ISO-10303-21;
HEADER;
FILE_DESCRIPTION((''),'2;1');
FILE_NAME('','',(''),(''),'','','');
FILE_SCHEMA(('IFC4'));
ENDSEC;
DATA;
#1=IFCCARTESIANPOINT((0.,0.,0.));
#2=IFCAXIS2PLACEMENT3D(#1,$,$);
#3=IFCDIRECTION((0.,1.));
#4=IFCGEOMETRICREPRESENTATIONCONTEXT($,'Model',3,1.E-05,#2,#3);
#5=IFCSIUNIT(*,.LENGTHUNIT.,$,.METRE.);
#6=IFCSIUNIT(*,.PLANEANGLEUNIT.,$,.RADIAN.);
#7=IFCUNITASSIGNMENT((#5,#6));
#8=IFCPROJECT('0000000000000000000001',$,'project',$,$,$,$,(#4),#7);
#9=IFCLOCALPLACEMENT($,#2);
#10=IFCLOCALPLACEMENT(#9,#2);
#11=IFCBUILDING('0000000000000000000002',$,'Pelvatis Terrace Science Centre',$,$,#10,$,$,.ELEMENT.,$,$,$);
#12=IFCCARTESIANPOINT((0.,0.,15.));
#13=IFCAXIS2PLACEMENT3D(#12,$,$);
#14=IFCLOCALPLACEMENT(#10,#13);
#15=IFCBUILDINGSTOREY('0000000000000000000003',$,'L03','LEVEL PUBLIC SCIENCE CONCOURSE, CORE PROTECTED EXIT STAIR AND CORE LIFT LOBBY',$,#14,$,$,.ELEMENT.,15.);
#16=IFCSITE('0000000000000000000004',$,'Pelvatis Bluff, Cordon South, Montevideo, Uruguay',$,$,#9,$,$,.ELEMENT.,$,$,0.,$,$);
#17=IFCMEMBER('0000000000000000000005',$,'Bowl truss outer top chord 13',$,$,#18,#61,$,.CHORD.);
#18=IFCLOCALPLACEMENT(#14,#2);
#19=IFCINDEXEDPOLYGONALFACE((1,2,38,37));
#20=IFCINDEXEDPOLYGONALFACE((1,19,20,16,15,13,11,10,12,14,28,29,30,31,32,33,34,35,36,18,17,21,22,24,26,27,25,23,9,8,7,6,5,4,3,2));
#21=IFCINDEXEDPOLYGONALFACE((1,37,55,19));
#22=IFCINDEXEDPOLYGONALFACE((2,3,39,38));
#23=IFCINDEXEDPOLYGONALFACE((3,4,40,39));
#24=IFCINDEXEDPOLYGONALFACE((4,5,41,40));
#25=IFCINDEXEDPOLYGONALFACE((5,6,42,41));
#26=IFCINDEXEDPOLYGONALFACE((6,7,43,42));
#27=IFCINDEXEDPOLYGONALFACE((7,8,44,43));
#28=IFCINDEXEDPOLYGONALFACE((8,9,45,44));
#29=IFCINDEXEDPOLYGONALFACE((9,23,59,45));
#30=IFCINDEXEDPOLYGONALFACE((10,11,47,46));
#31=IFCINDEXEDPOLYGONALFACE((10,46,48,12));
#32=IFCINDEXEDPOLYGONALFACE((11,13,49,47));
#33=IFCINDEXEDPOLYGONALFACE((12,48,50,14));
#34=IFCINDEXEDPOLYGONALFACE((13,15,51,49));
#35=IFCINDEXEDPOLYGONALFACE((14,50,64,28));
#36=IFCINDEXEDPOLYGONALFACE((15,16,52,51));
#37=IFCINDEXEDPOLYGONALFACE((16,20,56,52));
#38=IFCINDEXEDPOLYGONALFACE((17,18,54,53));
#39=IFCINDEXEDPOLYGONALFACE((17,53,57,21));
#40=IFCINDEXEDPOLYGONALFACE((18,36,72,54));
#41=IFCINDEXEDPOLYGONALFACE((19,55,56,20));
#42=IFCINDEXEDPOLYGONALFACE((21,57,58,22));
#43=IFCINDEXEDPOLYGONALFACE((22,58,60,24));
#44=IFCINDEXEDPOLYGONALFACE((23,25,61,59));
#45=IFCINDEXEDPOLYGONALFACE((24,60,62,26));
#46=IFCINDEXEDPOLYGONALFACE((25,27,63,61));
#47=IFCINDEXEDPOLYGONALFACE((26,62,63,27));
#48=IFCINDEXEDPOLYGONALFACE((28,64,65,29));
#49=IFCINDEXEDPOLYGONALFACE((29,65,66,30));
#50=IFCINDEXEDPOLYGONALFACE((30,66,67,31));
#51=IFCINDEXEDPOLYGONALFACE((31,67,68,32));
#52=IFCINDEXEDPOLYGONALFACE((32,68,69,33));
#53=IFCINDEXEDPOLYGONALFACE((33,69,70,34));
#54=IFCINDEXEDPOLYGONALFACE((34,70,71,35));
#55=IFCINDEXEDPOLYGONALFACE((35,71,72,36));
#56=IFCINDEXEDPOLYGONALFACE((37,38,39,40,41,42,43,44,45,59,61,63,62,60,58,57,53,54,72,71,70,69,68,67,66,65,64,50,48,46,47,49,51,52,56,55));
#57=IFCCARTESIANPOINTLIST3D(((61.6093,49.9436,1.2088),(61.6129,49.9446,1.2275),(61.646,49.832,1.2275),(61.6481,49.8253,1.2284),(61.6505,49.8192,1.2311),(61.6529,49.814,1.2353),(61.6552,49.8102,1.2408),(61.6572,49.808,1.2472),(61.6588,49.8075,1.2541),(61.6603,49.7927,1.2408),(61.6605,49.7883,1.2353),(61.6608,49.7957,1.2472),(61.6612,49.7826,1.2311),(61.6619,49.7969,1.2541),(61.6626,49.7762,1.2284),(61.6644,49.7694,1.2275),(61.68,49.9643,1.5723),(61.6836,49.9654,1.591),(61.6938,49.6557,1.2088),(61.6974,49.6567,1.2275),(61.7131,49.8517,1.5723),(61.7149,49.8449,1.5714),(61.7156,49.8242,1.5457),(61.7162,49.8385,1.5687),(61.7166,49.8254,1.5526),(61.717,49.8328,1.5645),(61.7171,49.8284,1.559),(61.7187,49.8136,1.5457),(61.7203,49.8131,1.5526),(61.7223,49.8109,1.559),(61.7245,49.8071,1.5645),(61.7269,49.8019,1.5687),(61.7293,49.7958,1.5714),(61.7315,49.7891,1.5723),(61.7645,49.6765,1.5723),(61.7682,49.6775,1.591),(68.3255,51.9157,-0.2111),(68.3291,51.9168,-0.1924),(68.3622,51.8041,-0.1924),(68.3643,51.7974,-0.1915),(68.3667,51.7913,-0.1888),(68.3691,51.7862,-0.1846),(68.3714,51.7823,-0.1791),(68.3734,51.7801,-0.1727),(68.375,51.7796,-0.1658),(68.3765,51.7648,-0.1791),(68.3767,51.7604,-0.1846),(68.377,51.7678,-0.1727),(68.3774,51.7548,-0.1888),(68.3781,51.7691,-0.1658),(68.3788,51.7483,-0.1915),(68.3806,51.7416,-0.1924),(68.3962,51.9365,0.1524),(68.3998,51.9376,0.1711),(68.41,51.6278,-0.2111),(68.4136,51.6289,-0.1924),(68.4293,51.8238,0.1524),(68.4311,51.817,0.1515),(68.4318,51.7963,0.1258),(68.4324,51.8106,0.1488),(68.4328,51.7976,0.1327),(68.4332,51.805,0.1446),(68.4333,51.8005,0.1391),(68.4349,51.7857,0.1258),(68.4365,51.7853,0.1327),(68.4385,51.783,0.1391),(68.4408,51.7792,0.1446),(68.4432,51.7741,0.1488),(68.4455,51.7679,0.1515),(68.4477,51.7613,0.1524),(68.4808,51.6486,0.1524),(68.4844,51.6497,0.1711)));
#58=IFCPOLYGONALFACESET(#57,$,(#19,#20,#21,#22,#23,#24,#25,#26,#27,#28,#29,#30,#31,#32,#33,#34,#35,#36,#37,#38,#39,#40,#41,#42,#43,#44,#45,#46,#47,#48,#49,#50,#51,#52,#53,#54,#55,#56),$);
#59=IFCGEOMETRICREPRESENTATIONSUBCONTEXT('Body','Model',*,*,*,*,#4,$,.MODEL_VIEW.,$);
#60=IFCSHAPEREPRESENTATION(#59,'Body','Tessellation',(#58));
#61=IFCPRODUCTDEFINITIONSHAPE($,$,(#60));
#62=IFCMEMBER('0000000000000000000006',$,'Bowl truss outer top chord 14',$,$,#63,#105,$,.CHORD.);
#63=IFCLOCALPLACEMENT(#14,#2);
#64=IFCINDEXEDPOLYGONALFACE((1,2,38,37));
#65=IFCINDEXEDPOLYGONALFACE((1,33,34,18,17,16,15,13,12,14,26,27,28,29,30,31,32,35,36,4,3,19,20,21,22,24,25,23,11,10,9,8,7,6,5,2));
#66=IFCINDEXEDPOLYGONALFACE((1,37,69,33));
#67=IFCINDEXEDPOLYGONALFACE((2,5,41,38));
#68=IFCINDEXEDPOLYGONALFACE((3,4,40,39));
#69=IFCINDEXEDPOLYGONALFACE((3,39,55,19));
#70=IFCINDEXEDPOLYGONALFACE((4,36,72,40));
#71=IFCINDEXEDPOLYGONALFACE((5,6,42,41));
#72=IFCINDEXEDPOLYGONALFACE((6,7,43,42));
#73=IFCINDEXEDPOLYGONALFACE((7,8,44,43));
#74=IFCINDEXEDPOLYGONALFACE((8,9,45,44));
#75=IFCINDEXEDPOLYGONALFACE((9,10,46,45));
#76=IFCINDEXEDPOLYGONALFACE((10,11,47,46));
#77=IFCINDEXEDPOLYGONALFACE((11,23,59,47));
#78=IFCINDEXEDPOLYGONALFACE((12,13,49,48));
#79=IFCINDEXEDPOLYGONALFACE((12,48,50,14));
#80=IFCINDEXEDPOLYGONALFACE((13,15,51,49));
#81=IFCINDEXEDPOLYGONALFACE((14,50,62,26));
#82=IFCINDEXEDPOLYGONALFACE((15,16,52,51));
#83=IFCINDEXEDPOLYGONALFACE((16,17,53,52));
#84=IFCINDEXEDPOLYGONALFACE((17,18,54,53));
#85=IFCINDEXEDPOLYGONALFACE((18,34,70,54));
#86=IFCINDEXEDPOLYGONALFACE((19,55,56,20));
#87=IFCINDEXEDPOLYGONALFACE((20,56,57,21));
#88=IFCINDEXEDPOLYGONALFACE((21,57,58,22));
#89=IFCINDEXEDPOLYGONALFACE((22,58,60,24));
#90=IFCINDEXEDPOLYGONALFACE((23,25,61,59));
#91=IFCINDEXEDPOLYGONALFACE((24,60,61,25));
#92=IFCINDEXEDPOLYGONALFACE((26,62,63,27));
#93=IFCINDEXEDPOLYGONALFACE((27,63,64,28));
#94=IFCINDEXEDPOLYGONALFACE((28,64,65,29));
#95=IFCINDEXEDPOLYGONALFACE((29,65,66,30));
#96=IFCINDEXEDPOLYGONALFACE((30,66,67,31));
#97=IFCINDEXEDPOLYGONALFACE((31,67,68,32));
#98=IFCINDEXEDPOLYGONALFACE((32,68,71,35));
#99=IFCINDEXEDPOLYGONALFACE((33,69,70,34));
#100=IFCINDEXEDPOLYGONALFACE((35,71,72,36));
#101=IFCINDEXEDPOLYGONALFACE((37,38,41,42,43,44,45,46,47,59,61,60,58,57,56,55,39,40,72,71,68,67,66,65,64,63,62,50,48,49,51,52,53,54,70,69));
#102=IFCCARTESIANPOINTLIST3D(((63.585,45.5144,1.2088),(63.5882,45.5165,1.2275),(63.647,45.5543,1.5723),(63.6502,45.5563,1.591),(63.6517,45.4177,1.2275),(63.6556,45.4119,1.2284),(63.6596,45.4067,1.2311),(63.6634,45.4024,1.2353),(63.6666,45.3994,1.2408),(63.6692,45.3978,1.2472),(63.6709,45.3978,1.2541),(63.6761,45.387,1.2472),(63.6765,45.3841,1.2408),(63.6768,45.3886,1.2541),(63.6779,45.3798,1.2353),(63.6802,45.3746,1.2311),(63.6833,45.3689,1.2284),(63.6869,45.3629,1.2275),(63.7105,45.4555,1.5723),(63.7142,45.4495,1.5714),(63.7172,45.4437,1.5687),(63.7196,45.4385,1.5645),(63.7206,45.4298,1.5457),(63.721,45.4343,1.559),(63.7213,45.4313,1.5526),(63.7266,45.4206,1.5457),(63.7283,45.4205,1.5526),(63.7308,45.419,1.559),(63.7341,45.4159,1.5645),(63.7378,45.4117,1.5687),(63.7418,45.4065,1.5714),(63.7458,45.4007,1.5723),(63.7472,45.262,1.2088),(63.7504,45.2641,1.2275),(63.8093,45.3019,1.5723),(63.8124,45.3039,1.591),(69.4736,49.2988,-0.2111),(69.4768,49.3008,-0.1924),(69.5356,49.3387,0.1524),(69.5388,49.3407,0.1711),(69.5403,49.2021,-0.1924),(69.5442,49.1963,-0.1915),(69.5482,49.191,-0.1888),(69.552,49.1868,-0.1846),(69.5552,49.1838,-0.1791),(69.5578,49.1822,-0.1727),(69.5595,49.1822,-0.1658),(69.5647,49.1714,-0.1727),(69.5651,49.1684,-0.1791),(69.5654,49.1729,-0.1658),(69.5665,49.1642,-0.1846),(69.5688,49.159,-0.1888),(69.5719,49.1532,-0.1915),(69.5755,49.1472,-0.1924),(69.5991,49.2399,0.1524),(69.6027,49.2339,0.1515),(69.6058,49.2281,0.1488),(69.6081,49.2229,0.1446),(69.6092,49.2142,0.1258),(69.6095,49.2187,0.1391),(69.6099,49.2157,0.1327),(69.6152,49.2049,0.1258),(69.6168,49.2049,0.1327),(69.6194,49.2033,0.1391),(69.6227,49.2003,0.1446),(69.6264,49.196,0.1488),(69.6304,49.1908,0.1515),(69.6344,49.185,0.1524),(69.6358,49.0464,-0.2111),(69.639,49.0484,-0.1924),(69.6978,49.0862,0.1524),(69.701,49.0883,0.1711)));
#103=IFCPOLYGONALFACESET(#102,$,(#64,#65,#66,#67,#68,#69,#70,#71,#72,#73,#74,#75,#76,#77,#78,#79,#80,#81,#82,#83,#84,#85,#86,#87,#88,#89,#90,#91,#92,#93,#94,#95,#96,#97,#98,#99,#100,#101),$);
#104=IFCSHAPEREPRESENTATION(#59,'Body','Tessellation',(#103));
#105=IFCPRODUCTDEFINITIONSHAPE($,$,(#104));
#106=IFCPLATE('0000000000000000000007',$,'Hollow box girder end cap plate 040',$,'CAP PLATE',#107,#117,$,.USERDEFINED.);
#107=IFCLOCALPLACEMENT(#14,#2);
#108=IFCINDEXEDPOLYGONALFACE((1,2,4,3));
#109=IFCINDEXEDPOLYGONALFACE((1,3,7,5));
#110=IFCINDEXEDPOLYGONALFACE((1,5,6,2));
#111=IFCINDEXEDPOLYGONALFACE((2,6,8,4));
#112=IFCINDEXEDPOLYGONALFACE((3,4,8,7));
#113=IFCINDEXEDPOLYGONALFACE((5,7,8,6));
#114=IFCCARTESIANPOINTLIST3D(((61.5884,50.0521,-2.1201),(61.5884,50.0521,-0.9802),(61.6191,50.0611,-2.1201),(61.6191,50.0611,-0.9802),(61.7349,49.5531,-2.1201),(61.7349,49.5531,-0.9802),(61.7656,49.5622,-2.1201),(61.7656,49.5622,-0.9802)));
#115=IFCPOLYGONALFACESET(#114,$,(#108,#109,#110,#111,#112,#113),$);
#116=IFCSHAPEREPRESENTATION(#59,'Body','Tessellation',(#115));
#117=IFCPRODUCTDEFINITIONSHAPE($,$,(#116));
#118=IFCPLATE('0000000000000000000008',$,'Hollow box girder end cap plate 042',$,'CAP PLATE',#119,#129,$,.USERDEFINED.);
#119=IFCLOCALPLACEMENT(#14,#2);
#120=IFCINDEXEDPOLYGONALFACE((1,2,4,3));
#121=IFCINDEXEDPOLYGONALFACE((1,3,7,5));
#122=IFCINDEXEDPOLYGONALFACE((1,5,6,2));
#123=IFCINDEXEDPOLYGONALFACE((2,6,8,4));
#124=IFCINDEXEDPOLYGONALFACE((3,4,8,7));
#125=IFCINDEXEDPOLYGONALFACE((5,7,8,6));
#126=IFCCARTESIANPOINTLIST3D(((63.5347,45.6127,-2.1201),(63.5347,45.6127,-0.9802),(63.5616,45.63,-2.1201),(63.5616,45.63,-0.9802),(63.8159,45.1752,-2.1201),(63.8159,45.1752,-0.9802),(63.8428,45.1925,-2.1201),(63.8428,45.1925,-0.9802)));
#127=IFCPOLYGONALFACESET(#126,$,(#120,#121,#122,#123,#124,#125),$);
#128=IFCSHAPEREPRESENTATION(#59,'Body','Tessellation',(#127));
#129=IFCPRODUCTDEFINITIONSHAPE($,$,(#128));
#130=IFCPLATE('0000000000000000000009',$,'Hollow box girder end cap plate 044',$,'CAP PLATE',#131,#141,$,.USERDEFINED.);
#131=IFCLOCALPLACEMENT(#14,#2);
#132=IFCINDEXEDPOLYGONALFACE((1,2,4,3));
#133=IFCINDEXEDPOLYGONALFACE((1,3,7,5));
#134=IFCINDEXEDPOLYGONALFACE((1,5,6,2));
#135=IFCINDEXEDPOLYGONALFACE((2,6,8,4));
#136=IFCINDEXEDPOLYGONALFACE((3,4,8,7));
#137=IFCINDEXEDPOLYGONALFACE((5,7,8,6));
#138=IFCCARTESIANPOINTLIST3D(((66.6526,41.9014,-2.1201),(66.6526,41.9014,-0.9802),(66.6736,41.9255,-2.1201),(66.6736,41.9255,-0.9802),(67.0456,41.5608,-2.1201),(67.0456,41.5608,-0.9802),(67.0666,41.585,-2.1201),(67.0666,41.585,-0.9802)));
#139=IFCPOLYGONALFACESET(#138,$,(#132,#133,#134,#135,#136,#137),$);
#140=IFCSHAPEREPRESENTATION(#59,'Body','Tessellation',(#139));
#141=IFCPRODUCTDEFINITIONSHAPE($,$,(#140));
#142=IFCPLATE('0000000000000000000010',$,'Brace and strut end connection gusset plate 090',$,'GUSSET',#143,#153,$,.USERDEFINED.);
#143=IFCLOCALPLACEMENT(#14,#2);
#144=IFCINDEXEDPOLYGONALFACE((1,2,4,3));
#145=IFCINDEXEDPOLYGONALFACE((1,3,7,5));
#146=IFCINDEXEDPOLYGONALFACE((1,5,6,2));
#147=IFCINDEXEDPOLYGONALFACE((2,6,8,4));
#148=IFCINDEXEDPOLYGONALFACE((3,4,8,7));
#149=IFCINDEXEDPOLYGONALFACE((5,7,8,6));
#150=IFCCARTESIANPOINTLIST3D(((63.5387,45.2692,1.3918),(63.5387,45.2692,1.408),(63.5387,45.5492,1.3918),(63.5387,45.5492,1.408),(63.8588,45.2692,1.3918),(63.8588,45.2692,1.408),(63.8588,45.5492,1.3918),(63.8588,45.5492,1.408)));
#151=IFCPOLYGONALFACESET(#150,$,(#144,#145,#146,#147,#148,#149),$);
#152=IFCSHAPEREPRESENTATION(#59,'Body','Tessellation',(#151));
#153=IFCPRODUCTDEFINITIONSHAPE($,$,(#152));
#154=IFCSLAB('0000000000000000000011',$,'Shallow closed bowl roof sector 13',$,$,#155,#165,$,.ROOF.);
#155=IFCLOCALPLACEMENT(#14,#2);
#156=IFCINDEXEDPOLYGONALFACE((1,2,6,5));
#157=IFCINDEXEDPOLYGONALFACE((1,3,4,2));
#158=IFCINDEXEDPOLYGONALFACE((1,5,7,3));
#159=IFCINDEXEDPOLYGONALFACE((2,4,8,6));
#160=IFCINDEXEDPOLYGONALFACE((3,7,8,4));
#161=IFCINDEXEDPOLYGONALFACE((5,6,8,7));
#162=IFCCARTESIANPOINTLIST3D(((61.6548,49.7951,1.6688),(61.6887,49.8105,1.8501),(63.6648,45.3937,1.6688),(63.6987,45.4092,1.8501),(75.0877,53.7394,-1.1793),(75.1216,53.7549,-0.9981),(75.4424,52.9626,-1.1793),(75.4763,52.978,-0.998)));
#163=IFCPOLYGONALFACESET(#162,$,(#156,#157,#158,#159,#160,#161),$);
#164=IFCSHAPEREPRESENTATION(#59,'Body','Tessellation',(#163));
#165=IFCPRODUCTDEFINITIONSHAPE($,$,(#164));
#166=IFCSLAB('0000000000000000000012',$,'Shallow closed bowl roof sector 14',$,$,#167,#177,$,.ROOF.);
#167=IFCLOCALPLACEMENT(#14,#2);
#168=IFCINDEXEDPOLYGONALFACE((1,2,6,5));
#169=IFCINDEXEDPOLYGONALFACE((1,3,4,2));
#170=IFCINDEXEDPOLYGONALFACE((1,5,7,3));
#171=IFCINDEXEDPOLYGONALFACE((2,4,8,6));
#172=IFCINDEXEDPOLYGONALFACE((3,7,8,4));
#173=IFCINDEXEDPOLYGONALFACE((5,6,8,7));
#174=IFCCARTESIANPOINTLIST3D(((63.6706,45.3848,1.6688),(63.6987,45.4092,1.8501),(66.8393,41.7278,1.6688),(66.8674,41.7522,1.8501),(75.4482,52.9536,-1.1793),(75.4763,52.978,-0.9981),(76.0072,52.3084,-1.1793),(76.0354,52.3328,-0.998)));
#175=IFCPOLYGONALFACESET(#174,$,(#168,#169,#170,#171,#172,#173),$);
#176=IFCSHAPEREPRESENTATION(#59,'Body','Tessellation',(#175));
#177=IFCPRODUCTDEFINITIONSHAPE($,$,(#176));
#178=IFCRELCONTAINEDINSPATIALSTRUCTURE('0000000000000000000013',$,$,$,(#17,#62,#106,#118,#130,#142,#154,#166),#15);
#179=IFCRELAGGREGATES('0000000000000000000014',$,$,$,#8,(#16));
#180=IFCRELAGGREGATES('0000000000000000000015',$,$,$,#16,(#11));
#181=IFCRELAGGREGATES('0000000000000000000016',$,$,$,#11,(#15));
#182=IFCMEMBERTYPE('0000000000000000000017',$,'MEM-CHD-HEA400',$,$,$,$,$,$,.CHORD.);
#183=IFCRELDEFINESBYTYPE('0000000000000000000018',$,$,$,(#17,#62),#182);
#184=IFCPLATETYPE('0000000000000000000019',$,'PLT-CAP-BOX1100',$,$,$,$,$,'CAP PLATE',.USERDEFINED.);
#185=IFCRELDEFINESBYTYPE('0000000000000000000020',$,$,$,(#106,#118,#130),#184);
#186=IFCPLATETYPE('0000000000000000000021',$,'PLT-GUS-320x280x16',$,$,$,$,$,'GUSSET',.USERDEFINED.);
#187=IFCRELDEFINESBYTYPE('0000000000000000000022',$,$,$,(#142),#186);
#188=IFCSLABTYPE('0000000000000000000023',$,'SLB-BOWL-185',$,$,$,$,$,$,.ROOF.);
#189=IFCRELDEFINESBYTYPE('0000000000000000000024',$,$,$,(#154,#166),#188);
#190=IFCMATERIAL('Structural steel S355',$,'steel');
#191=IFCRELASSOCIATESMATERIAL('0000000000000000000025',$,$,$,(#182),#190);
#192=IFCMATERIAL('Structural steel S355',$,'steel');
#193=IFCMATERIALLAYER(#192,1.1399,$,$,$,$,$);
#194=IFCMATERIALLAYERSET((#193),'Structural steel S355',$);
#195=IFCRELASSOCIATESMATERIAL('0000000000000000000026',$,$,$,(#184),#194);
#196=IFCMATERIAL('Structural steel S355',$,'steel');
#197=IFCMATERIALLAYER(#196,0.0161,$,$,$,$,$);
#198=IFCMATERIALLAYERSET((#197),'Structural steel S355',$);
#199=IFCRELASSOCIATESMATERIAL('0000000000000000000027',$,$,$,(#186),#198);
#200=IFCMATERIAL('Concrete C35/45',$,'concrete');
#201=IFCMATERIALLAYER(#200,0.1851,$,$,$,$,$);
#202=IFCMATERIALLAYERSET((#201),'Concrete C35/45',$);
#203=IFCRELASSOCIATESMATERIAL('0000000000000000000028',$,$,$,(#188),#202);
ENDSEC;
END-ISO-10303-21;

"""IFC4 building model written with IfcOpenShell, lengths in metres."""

from ifc_helpers import new_model, si_unit, direction, frame, origin, origin_2d, place, context, subcontext, project, spatial, polyline, rectangle, i_section, outline, extrude, material, layer, layer_set, material_profile, profile_set, type_object, element, save


model = new_model("IFC4")

# Units and contexts
model_context = context("Model", 3, precision=1e-05, world=origin(), true_north=direction((0.0, 1.0)))
body_context = subcontext(model_context, "Body", "Model", "MODEL_VIEW")
ifc_project = project(units=[si_unit("LENGTHUNIT", "METRE"), si_unit("PLANEANGLEUNIT", "RADIAN")], contexts=[model_context])

# Site, building, storey
site_placement = place(None, origin())
site = spatial("IfcSite", under=ifc_project, at=site_placement, Name="Pelvatis Bluff, Cordon South, Montevideo, Uruguay", CompositionType="ELEMENT", RefElevation=0.0)
building_placement = place(site_placement, origin())
building = spatial("IfcBuilding", under=site, at=building_placement, Name="Pelvatis Terrace Science Centre", CompositionType="ELEMENT")
storey_placement = place(building_placement, frame((0.0, 0.0, 15.0)))
storey = spatial("IfcBuildingStorey", under=building, at=storey_placement, Name="L03", Description="LEVEL PUBLIC SCIENCE CONCOURSE, CORE PROTECTED EXIT STAIR AND CORE LIFT LOBBY", CompositionType="ELEMENT", Elevation=15.0)

# Members
ifc_material_1 = material(Name="Structural steel S355", Category="steel")
ifc_material_profile_1 = material_profile(ifc_material_1, i_section(OverallWidth=0.3, OverallDepth=0.3899, WebThickness=0.011, FlangeThickness=0.019, FilletRadius=0.0271, at=origin_2d()), Name="HEA 400")
ifc_profile_set_1 = profile_set([ifc_material_profile_1], Name="Structural steel S355")
member_type_1 = type_object("IfcMemberType", Name="MEM-CHD-HEA400", PredefinedType="CHORD", material=ifc_profile_set_1)
for number, where, z_axis, x_axis, name in (
    (1, (61.6887, 49.8105, 1.3999), (0.940338, 0.27612, -0.198801), (-0.281743, 0.95949, 0.0), "Bowl truss outer top chord 13"),
    (2, (63.6987, 45.4092, 1.3999), (0.824462, 0.52985, -0.198801), (-0.540641, 0.841253, 0.0), "Bowl truss outer top chord 14"),
):
    element("IfcMember", number, at=place(storey_placement, frame(where, z_axis=z_axis, x_axis=x_axis)), inside=storey, type_object=member_type_1, Name=name, PredefinedType="CHORD", context=body_context, shape_type="SweptSolid", body=[
        extrude(i_section(OverallWidth=0.3, OverallDepth=0.3899, WebThickness=0.011, FlangeThickness=0.019, FilletRadius=0.0271, at=origin_2d()), origin(), (0.0, 0.0, 1.0), 7.1423),
    ])

# Plates
ifc_material_2 = material(Name="Structural steel S355", Category="steel")
ifc_layer_1 = layer(ifc_material_2, 1.1399)
ifc_layer_set_1 = layer_set([ifc_layer_1], Name="Structural steel S355")
plate_type_1 = type_object("IfcPlateType", Name="PLT-CAP-BOX1100", ElementType="CAP PLATE", PredefinedType="USERDEFINED", material=ifc_layer_set_1)
for number, where, z_axis, x_axis, name in (
    (3, (61.677, 49.8071, -2.1201), (0.0, 0.0, 1.0), (-0.959511, -0.281672, 0.0), "Hollow box girder end cap plate 040"),
    (4, (63.6887, 45.4026, -2.1201), (0.0, 0.0, 1.0), (-0.841228, -0.540681, 0.0), "Hollow box girder end cap plate 042"),
    (5, (66.8596, 41.7432, -2.1201), (0.0, 0.0, 1.0), (-0.654873, -0.755739, 0.0), "Hollow box girder end cap plate 044"),
):
    element("IfcPlate", number, at=place(storey_placement, frame(where, z_axis=z_axis, x_axis=x_axis)), inside=storey, type_object=plate_type_1, Name=name, ObjectType="CAP PLATE", PredefinedType="USERDEFINED", context=body_context, shape_type="SweptSolid", body=[
        extrude(rectangle(XDim=0.032, YDim=0.52, at=origin_2d()), origin(), (0.0, 0.0, 1.0), 1.1399),
    ])
ifc_material_3 = material(Name="Structural steel S355", Category="steel")
ifc_layer_2 = layer(ifc_material_3, 0.0161)
ifc_layer_set_2 = layer_set([ifc_layer_2], Name="Structural steel S355")
plate_type_2 = type_object("IfcPlateType", Name="PLT-GUS-320x280x16", ElementType="GUSSET", PredefinedType="USERDEFINED", material=ifc_layer_set_2)
plate_placement = place(storey_placement, frame((63.6987, 45.4092, 1.3918), z_axis=(0.0, 0.0, 1.0), x_axis=(1.0, 0.0, 0.0)))
element("IfcPlate", 6, at=plate_placement, inside=storey, type_object=plate_type_2, Name="Brace and strut end connection gusset plate 090", ObjectType="GUSSET", PredefinedType="USERDEFINED", context=body_context, shape_type="SweptSolid", body=[
    extrude(rectangle(XDim=0.3201, YDim=0.28, at=origin_2d()), origin(), (0.0, 0.0, 1.0), 0.0161),
])

# Slabs
ifc_material_4 = material(Name="Concrete C35/45", Category="concrete")
ifc_layer_3 = layer(ifc_material_4, 0.1851)
ifc_layer_set_3 = layer_set([ifc_layer_3], Name="Concrete C35/45")
slab_type_1 = type_object("IfcSlabType", Name="SLB-BOWL-185", PredefinedType="ROOF", material=ifc_layer_set_3)
slab_1_placement = place(storey_placement, frame((61.6887, 49.8105, 1.8501), z_axis=(0.183131, 0.08363, 0.979525), x_axis=(0.41541, -0.909634, -0.000001)))
element("IfcSlab", 7, at=slab_1_placement, inside=storey, type_object=slab_type_1, Name="Shallow closed bowl roof sector 13", PredefinedType="ROOF", context=body_context, shape_type="SweptSolid", body=[
    extrude(outline(polyline([(0.0, 0.0), (4.8386, 0.0), (2.8463, 14.1471), (1.9922, 14.1472), (0.0, 0.0)])), origin(), (0.0, 0.0, -1.0), 0.1851),
])
slab_2_placement = place(storey_placement, frame((63.6987, 45.4092, 1.8501), z_axis=(0.152152, 0.131836, 0.979525), x_axis=(0.65485, -0.755759, -0.000001)))
element("IfcSlab", 8, at=slab_2_placement, inside=storey, type_object=slab_type_1, Name="Shallow closed bowl roof sector 14", PredefinedType="ROOF", context=body_context, shape_type="SweptSolid", body=[
    extrude(outline(polyline([(0.0, 0.0), (4.8388, 0.0), (2.8461, 14.1471), (1.9923, 14.1471), (0.0, 0.0)])), origin(), (0.0, 0.0, -1.0), 0.1851),
])

save(model, "model.ifc")
